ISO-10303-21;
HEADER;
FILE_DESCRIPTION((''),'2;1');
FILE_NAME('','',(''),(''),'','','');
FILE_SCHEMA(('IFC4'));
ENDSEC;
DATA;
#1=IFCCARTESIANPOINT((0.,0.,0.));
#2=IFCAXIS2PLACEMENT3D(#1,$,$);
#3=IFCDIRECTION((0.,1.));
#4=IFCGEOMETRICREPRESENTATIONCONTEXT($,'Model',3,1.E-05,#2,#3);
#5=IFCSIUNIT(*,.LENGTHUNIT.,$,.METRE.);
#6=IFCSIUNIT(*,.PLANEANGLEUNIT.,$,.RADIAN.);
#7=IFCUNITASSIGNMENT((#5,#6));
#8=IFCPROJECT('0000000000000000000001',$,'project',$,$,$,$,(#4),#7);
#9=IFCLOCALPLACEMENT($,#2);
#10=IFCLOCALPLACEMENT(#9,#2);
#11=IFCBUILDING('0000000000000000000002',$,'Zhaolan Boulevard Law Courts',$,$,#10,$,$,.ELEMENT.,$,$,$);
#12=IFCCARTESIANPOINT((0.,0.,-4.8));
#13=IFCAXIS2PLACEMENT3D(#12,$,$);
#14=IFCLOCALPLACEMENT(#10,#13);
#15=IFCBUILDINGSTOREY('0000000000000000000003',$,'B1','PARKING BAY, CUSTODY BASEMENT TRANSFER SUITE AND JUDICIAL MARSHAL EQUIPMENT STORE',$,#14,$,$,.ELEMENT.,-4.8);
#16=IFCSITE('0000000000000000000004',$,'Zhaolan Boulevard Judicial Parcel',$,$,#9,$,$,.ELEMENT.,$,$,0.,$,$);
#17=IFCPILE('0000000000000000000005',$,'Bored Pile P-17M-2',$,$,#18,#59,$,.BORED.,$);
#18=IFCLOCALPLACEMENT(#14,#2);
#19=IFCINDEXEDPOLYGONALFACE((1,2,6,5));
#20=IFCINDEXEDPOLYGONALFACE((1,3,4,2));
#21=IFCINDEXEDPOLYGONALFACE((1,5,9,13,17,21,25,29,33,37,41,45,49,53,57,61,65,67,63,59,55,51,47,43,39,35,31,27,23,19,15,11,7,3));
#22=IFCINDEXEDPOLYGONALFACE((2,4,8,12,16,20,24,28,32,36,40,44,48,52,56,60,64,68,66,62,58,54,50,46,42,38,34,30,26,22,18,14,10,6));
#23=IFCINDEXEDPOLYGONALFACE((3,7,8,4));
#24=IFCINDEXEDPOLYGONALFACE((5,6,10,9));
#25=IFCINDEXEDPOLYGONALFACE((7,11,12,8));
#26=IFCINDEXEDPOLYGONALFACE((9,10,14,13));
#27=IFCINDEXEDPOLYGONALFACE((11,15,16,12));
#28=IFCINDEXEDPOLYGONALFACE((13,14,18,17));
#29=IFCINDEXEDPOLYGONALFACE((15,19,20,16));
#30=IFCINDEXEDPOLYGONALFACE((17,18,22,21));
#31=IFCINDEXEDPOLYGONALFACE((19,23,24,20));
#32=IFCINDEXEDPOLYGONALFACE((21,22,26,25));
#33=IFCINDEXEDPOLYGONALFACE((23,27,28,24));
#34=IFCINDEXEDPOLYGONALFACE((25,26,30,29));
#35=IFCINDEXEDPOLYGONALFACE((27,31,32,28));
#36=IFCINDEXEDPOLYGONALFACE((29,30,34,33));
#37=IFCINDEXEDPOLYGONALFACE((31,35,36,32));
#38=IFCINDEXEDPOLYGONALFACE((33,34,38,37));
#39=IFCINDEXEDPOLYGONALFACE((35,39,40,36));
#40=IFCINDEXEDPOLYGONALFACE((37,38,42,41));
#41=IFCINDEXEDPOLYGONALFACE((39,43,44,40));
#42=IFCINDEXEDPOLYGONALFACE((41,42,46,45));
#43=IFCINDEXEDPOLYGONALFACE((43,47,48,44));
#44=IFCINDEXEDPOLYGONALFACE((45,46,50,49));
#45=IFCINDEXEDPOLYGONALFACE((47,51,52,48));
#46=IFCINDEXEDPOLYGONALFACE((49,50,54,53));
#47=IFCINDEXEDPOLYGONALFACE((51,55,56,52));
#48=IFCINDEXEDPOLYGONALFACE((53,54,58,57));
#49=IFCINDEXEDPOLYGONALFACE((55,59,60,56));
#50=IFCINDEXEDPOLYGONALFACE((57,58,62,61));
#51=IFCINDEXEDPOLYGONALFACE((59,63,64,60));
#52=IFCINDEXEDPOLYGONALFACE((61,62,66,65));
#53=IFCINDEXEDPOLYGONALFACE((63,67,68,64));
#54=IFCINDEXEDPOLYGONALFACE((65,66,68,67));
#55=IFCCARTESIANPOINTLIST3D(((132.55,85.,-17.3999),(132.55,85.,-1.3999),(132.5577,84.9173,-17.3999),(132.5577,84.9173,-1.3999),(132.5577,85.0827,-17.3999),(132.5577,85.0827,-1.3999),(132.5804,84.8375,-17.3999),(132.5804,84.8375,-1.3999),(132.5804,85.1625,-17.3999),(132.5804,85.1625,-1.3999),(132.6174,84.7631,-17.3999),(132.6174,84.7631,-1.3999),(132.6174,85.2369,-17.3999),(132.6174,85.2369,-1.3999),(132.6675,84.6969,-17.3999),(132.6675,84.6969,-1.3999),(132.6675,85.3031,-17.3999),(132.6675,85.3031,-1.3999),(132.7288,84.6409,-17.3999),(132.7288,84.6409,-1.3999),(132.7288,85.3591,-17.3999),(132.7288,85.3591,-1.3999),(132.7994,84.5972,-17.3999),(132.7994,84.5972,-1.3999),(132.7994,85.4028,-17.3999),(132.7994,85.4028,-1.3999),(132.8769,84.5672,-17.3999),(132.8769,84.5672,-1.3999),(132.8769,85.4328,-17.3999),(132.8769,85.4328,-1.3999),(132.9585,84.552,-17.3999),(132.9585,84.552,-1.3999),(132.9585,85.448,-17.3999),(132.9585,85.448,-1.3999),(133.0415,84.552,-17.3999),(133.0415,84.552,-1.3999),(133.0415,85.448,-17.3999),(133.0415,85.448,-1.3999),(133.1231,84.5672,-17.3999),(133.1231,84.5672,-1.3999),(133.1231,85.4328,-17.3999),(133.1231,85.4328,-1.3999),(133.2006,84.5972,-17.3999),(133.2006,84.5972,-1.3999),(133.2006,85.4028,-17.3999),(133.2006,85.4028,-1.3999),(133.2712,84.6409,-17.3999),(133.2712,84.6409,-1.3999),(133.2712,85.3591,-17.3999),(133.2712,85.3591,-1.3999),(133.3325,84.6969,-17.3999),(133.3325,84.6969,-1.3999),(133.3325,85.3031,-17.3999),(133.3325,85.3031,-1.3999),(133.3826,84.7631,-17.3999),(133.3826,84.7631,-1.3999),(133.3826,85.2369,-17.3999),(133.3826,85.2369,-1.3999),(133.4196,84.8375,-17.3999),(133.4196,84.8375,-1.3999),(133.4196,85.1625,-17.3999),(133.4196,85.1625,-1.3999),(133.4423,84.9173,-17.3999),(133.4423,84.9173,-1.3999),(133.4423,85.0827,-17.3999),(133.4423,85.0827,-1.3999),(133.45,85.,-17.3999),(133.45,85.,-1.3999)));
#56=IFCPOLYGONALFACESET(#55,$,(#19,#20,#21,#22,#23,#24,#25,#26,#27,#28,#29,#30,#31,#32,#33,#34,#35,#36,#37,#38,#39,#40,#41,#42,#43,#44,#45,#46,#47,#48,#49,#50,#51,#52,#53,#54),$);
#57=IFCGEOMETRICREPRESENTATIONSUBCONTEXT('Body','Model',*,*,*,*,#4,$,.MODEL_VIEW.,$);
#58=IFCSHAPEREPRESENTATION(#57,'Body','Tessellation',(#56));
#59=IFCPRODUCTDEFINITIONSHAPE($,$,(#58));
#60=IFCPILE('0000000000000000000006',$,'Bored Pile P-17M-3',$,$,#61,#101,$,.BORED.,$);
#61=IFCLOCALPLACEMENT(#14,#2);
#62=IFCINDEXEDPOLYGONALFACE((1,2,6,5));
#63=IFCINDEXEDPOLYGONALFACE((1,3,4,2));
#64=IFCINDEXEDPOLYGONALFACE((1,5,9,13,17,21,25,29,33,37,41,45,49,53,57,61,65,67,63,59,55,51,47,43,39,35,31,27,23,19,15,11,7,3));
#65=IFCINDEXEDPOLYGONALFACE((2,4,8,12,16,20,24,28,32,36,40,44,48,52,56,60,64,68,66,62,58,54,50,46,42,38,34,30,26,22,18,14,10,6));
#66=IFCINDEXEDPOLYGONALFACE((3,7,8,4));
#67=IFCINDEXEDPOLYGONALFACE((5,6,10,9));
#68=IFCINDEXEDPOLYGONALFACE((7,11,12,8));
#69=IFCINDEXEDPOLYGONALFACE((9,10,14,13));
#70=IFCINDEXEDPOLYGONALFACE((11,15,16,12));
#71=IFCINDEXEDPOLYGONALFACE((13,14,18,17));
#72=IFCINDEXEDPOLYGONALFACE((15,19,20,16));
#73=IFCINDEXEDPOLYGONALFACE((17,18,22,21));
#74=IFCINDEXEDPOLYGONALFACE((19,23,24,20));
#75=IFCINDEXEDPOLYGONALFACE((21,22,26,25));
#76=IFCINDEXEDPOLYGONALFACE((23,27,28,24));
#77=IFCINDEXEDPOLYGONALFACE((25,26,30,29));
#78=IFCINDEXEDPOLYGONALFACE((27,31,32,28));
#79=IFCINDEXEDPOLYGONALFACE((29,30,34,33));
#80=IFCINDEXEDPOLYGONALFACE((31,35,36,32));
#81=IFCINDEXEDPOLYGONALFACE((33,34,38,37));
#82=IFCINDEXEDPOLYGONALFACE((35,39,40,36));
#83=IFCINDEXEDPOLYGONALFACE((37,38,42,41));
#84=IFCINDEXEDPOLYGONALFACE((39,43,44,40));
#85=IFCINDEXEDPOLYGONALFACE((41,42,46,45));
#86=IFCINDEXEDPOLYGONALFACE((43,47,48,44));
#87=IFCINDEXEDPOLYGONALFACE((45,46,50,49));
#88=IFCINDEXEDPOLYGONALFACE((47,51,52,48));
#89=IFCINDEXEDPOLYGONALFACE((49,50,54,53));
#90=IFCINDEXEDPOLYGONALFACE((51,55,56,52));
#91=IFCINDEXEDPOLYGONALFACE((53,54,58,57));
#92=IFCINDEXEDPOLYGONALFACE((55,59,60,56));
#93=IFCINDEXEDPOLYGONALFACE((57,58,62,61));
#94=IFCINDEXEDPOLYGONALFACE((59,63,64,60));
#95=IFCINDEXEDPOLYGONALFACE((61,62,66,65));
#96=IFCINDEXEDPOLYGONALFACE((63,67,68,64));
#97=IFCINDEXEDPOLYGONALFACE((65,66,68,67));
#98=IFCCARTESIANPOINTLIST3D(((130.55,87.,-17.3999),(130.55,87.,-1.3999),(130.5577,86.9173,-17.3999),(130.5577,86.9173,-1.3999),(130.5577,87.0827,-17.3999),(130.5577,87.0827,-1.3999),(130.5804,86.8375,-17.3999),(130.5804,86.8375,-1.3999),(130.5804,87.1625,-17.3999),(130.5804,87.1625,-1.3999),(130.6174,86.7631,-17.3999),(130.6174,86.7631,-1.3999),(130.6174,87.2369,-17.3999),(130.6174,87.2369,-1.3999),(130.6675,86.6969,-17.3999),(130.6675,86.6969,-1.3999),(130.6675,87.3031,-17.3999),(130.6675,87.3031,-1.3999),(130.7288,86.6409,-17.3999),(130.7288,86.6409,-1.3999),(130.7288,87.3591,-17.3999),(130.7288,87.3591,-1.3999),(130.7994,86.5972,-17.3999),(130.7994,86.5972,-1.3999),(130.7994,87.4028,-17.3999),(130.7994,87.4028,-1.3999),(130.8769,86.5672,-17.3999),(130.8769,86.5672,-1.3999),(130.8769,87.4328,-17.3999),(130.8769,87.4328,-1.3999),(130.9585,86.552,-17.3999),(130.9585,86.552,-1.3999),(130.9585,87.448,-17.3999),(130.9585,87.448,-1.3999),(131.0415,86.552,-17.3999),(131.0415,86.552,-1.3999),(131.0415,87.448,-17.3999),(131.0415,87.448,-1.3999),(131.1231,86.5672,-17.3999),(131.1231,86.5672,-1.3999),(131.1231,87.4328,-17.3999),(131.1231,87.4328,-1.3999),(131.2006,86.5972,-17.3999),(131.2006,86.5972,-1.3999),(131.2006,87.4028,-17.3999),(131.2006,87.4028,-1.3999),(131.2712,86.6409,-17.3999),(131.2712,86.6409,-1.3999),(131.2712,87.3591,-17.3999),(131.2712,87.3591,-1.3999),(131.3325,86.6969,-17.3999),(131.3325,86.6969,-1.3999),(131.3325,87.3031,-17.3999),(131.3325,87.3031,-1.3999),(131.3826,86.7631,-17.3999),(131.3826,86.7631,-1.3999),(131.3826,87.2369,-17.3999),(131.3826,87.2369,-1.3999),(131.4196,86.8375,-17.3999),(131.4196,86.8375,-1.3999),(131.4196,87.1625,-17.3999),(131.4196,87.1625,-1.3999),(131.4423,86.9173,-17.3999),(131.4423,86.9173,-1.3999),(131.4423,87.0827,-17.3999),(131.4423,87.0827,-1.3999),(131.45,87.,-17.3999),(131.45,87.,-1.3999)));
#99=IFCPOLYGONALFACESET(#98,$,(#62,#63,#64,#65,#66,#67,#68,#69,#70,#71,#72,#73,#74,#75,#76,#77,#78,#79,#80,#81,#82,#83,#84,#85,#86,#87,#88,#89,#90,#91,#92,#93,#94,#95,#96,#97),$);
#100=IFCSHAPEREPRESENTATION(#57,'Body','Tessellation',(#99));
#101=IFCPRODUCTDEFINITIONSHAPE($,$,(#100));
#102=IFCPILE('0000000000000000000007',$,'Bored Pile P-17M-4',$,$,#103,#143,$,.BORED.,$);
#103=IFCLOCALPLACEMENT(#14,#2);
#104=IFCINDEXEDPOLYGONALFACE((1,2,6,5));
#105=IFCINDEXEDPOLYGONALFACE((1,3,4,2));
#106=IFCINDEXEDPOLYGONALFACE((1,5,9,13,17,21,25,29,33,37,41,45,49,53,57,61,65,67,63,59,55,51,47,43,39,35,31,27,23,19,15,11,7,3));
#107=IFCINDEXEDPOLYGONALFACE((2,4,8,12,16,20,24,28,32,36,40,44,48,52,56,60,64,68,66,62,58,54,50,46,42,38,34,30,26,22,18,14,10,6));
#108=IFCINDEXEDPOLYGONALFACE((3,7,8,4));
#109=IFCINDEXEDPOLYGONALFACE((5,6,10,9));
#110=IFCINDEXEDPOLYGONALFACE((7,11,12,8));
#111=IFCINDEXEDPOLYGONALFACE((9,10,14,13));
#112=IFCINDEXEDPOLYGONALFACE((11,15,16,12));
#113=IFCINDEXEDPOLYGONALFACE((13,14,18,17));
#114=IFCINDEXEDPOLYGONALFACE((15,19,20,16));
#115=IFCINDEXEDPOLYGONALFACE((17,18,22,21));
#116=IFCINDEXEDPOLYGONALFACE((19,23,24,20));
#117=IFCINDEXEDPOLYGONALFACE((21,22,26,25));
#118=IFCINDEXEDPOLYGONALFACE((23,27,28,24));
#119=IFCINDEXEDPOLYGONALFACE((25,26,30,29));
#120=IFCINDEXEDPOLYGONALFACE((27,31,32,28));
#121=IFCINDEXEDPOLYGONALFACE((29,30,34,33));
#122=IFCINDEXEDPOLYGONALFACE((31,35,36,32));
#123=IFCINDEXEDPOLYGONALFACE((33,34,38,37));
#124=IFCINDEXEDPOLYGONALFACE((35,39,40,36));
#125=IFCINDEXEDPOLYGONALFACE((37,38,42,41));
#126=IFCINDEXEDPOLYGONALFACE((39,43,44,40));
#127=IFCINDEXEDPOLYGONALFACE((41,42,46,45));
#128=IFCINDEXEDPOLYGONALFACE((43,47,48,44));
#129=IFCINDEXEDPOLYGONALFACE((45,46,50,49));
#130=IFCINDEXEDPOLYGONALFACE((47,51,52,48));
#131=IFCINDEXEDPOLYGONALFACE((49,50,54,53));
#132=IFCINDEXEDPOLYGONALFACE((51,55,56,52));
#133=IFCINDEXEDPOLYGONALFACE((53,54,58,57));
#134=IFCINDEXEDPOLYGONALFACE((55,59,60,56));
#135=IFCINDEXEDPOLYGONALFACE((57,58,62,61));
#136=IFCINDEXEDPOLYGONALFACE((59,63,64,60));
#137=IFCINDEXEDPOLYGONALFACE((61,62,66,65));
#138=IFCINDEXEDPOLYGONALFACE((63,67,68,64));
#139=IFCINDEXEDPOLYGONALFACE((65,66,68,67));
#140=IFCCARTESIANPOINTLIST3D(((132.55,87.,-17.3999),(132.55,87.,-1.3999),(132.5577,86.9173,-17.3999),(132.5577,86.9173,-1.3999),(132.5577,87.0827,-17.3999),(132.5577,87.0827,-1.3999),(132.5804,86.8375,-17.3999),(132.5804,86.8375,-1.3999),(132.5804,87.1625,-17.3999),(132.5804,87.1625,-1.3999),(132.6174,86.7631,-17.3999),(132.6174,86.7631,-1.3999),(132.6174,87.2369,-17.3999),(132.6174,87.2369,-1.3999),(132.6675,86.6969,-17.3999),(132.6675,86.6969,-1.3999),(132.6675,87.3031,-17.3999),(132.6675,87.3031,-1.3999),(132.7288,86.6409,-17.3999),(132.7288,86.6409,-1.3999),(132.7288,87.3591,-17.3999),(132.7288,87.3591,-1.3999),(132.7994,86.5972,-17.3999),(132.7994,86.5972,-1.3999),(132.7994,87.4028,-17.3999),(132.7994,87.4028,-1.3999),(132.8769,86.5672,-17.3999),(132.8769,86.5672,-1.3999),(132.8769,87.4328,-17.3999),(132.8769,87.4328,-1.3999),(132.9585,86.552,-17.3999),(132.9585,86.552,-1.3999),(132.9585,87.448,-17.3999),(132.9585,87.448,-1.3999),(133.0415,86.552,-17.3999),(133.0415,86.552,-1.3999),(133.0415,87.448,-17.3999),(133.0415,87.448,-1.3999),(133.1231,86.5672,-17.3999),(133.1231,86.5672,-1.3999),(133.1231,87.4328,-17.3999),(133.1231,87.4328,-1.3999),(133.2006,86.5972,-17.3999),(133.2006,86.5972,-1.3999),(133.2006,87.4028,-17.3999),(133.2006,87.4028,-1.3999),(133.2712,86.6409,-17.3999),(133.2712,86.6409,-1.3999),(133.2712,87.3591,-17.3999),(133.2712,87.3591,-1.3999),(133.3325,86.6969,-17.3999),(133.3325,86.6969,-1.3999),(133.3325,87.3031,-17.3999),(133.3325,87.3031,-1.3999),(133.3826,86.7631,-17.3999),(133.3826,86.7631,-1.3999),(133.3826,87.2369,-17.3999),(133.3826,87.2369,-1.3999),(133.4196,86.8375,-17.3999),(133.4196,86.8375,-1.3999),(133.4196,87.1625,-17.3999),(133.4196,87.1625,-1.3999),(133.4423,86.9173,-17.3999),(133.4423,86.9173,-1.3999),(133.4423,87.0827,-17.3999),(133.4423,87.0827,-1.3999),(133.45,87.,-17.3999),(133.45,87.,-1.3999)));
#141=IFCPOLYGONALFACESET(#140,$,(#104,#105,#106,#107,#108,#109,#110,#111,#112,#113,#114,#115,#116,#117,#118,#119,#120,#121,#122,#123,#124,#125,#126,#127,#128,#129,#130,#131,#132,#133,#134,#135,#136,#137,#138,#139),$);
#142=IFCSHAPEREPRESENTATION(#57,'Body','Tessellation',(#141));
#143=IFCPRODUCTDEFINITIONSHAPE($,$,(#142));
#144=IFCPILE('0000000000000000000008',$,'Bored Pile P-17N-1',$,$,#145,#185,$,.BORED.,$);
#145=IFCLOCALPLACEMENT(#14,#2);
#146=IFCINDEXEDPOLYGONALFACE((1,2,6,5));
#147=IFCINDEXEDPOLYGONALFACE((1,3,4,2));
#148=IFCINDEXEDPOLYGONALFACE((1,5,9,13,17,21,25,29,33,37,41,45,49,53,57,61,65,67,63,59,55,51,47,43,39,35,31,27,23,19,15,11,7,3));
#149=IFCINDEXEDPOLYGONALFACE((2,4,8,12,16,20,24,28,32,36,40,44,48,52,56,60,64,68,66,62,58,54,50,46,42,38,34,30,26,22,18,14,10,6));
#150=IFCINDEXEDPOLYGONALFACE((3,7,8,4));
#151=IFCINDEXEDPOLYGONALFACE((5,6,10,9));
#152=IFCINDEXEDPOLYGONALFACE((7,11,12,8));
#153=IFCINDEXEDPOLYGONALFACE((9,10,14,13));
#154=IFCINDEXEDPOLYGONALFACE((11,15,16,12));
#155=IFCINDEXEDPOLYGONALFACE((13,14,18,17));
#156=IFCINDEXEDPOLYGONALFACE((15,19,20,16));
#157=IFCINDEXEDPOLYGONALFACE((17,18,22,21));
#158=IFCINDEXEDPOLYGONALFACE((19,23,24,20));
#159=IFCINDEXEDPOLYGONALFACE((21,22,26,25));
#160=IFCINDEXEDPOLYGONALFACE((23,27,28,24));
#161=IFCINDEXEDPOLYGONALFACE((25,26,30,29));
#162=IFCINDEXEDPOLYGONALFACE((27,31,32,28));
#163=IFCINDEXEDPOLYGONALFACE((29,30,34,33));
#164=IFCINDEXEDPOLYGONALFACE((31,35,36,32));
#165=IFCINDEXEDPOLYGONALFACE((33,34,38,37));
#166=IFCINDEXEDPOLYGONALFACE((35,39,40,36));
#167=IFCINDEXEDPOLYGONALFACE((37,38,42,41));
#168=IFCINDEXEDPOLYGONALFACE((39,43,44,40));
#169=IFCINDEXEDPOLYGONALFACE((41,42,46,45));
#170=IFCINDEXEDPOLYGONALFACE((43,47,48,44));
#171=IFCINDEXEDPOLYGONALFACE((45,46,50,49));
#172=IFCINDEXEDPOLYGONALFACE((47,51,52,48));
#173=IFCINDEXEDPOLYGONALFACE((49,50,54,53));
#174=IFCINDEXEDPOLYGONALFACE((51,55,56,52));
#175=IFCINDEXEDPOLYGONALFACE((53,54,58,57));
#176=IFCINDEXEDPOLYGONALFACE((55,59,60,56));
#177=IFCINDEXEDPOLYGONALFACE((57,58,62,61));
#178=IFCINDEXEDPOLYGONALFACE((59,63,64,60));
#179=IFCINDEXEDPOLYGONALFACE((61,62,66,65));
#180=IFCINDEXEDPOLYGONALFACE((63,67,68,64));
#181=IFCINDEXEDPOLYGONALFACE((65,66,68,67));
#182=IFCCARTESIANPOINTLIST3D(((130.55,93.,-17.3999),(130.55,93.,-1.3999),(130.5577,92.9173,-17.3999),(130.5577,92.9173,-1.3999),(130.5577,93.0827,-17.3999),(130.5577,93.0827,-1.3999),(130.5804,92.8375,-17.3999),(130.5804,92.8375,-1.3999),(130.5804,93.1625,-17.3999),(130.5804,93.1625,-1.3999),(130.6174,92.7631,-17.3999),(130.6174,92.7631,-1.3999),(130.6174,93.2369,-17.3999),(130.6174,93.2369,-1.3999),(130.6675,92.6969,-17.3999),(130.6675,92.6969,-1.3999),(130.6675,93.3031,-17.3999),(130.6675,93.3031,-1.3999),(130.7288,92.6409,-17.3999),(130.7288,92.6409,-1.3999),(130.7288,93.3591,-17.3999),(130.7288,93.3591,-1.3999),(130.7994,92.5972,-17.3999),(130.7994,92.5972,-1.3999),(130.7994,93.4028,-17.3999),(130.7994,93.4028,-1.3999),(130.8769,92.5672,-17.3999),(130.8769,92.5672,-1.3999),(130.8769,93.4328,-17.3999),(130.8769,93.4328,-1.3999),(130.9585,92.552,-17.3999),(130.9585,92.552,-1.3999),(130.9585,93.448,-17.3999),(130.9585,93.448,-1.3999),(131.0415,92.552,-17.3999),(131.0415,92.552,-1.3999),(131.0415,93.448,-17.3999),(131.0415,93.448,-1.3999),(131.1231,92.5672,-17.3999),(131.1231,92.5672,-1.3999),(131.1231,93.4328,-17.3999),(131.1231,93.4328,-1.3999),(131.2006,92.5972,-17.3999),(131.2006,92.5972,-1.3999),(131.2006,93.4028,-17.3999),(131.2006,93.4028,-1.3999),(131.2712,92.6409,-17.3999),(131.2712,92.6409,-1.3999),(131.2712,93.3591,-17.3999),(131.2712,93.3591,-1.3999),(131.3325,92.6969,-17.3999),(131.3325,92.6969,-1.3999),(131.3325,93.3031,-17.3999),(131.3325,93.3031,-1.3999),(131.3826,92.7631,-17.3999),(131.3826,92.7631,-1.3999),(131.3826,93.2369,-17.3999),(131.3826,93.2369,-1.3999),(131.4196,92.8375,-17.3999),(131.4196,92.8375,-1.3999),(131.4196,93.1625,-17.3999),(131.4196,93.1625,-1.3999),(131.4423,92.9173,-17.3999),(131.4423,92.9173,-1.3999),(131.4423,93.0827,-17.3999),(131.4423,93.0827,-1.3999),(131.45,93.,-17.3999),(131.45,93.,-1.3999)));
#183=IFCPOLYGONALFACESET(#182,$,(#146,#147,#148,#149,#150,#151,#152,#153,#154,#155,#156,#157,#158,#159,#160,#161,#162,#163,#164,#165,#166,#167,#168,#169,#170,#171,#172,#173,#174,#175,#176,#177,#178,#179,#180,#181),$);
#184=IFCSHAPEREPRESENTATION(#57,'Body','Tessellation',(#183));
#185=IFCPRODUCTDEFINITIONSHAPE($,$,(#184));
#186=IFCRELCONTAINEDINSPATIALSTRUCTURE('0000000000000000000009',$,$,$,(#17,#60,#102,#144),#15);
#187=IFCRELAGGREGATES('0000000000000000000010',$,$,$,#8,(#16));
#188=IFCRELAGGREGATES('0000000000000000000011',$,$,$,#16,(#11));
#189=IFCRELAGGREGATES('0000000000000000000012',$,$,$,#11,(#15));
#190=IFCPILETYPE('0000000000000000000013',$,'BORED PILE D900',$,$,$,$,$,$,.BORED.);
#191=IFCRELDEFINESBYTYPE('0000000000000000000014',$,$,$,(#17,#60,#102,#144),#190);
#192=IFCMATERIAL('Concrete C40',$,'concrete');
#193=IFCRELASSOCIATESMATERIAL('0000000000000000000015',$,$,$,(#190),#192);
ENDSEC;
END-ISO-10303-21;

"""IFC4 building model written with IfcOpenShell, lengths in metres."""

from ifc_helpers import new_model, si_unit, direction, frame, origin, origin_2d, place, context, subcontext, project, spatial, circle, extrude, material, material_profile, profile_set, type_object, element, save


model = new_model("IFC4")

# Units and contexts
model_context = context("Model", 3, precision=1e-05, world=origin(), true_north=direction((0.0, 1.0)))
body_context = subcontext(model_context, "Body", "Model", "MODEL_VIEW")
ifc_project = project(units=[si_unit("LENGTHUNIT", "METRE"), si_unit("PLANEANGLEUNIT", "RADIAN")], contexts=[model_context])

# Site, building, storey
site_placement = place(None, origin())
site = spatial("IfcSite", under=ifc_project, at=site_placement, Name="Zhaolan Boulevard Judicial Parcel", CompositionType="ELEMENT", RefElevation=0.0)
building_placement = place(site_placement, origin())
building = spatial("IfcBuilding", under=site, at=building_placement, Name="Zhaolan Boulevard Law Courts", CompositionType="ELEMENT")
storey_placement = place(building_placement, frame((0.0, 0.0, -4.8)))
storey = spatial("IfcBuildingStorey", under=building, at=storey_placement, Name="B1", Description="PARKING BAY, CUSTODY BASEMENT TRANSFER SUITE AND JUDICIAL MARSHAL EQUIPMENT STORE", CompositionType="ELEMENT", Elevation=-4.8)

# Piles
ifc_material_1 = material(Name="Concrete C40", Category="concrete")
ifc_material_profile_1 = material_profile(ifc_material_1, circle(Radius=0.45, at=origin_2d()), Name="PILE-D900")
ifc_profile_set_1 = profile_set([ifc_material_profile_1], Name="Concrete C40")
pile_type = type_object("IfcPileType", Name="BORED PILE D900", PredefinedType="BORED", material=ifc_profile_set_1)
for number, where, z_axis, x_axis, name in (
    (1, (133.0, 85.0, -1.3999), (0.0, 0.0, -1.0), (1.0, 0.0, 0.0), "Bored Pile P-17M-2"),
    (2, (131.0, 87.0, -1.3999), (0.0, 0.0, -1.0), (1.0, 0.0, 0.0), "Bored Pile P-17M-3"),
    (3, (133.0, 87.0, -1.3999), (0.0, 0.0, -1.0), (1.0, 0.0, 0.0), "Bored Pile P-17M-4"),
    (4, (131.0, 93.0, -1.3999), (0.0, 0.0, -1.0), (1.0, 0.0, 0.0), "Bored Pile P-17N-1"),
):
    element("IfcPile", number, at=place(storey_placement, frame(where, z_axis=z_axis, x_axis=x_axis)), inside=storey, type_object=pile_type, Name=name, PredefinedType="BORED", context=body_context, shape_type="SweptSolid", body=[
        extrude(circle(Radius=0.45, at=origin_2d()), origin(), (0.0, 0.0, 1.0), 16.0),
    ])

save(model, "model.ifc")
